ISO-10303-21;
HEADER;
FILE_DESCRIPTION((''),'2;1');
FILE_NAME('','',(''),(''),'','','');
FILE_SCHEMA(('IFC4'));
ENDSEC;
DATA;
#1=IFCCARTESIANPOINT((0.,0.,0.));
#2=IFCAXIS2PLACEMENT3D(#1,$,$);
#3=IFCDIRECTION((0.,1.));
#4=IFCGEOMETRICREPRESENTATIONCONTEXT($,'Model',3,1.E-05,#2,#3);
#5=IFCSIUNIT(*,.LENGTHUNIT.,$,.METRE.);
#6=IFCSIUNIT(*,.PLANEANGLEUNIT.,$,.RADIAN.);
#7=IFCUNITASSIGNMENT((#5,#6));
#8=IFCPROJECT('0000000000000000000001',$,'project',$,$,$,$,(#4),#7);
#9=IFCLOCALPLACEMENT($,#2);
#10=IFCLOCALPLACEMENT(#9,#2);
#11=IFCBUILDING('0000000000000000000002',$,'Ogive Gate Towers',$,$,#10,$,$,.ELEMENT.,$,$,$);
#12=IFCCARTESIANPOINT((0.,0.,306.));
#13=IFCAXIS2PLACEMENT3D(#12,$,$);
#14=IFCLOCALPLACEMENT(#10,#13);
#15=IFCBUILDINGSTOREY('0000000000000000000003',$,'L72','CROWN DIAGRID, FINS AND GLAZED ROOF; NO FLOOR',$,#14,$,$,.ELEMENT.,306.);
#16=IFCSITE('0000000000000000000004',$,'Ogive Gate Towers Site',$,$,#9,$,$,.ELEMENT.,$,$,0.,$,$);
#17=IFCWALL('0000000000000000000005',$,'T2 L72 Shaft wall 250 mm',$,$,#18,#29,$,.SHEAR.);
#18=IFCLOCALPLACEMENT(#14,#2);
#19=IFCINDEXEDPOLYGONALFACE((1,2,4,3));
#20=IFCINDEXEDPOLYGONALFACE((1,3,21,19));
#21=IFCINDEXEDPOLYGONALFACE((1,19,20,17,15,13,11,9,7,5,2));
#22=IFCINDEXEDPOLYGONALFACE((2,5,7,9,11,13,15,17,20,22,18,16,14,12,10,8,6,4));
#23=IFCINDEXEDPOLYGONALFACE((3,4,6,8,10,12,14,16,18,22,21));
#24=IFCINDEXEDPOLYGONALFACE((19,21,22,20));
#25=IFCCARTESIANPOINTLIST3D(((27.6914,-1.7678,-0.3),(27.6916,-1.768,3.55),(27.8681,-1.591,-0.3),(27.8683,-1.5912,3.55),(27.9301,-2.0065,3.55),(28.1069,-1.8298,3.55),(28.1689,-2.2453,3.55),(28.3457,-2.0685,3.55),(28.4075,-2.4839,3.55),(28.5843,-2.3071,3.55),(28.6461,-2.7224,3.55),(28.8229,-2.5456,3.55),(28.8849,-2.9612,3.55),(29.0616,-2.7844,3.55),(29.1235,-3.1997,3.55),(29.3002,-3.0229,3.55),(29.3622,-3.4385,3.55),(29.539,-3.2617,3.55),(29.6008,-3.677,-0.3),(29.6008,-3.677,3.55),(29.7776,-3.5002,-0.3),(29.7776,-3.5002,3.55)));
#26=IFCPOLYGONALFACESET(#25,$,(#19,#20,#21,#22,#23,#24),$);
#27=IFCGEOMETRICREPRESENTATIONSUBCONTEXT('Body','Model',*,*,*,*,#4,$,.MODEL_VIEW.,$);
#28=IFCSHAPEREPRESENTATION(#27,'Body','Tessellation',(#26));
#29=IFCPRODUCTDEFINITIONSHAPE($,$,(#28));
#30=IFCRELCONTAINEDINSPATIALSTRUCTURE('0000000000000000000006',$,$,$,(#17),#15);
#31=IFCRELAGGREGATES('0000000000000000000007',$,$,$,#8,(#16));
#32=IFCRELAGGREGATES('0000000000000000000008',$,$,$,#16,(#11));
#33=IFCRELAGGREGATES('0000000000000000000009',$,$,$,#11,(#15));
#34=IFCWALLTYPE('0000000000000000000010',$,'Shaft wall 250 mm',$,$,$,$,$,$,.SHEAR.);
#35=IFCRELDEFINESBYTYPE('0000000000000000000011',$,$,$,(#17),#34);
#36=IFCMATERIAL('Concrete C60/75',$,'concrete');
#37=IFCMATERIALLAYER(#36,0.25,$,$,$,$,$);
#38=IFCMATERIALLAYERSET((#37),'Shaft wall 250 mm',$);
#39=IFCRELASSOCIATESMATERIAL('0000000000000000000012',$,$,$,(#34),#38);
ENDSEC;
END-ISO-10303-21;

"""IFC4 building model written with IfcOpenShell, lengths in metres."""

from ifc_helpers import new_model, si_unit, direction, frame, origin, place, context, subcontext, project, spatial, polyline, outline, extrude, material, layer, layer_set, type_object, element, save


model = new_model("IFC4")

# Units and contexts
model_context = context("Model", 3, precision=1e-05, world=origin(), true_north=direction((0.0, 1.0)))
body_context = subcontext(model_context, "Body", "Model", "MODEL_VIEW")
ifc_project = project(units=[si_unit("LENGTHUNIT", "METRE"), si_unit("PLANEANGLEUNIT", "RADIAN")], contexts=[model_context])

# Site, building, storey
site_placement = place(None, origin())
site = spatial("IfcSite", under=ifc_project, at=site_placement, Name="Ogive Gate Towers Site", CompositionType="ELEMENT", RefElevation=0.0)
building_placement = place(site_placement, origin())
building = spatial("IfcBuilding", under=site, at=building_placement, Name="Ogive Gate Towers", CompositionType="ELEMENT")
storey_placement = place(building_placement, frame((0.0, 0.0, 306.0)))
storey = spatial("IfcBuildingStorey", under=building, at=storey_placement, Name="L72", Description="CROWN DIAGRID, FINS AND GLAZED ROOF; NO FLOOR", CompositionType="ELEMENT", Elevation=306.0)

# Wall
ifc_material_1 = material(Name="Concrete C60/75", Category="concrete")
ifc_layer_1 = layer(ifc_material_1, 0.25)
ifc_layer_set_1 = layer_set([ifc_layer_1], Name="Shaft wall 250 mm")
wall_type = type_object("IfcWallType", Name="Shaft wall 250 mm", PredefinedType="SHEAR", material=ifc_layer_set_1)
wall_placement = place(storey_placement, frame((29.6892, -3.5886, -0.3), z_axis=(0.0, 0.0, 1.0), x_axis=(-0.707152, 0.707062, 0.0)))
element("IfcWall", 1, at=wall_placement, inside=storey, type_object=wall_type, Name="T2 L72 Shaft wall 250 mm", PredefinedType="SHEAR", context=body_context, shape_type="SweptSolid", body=[
    extrude(outline(polyline([(0.0, 0.0), (2.7002, 0.0), (2.7, 3.8501), (2.3625, 3.8501), (2.0249, 3.8501), (1.6875, 3.8501), (1.3501, 3.8501), (1.0125, 3.8501), (0.675, 3.8501), (0.3374, 3.8501), (0.0, 3.8501), (0.0, 0.0)])), frame((0.0, 0.125, 0.0), z_axis=(0.0, -1.0, 0.0), x_axis=(1.0, 0.0, 0.0)), (0.0, 0.0, 1.0), 0.25),
])

save(model, "model.ifc")
